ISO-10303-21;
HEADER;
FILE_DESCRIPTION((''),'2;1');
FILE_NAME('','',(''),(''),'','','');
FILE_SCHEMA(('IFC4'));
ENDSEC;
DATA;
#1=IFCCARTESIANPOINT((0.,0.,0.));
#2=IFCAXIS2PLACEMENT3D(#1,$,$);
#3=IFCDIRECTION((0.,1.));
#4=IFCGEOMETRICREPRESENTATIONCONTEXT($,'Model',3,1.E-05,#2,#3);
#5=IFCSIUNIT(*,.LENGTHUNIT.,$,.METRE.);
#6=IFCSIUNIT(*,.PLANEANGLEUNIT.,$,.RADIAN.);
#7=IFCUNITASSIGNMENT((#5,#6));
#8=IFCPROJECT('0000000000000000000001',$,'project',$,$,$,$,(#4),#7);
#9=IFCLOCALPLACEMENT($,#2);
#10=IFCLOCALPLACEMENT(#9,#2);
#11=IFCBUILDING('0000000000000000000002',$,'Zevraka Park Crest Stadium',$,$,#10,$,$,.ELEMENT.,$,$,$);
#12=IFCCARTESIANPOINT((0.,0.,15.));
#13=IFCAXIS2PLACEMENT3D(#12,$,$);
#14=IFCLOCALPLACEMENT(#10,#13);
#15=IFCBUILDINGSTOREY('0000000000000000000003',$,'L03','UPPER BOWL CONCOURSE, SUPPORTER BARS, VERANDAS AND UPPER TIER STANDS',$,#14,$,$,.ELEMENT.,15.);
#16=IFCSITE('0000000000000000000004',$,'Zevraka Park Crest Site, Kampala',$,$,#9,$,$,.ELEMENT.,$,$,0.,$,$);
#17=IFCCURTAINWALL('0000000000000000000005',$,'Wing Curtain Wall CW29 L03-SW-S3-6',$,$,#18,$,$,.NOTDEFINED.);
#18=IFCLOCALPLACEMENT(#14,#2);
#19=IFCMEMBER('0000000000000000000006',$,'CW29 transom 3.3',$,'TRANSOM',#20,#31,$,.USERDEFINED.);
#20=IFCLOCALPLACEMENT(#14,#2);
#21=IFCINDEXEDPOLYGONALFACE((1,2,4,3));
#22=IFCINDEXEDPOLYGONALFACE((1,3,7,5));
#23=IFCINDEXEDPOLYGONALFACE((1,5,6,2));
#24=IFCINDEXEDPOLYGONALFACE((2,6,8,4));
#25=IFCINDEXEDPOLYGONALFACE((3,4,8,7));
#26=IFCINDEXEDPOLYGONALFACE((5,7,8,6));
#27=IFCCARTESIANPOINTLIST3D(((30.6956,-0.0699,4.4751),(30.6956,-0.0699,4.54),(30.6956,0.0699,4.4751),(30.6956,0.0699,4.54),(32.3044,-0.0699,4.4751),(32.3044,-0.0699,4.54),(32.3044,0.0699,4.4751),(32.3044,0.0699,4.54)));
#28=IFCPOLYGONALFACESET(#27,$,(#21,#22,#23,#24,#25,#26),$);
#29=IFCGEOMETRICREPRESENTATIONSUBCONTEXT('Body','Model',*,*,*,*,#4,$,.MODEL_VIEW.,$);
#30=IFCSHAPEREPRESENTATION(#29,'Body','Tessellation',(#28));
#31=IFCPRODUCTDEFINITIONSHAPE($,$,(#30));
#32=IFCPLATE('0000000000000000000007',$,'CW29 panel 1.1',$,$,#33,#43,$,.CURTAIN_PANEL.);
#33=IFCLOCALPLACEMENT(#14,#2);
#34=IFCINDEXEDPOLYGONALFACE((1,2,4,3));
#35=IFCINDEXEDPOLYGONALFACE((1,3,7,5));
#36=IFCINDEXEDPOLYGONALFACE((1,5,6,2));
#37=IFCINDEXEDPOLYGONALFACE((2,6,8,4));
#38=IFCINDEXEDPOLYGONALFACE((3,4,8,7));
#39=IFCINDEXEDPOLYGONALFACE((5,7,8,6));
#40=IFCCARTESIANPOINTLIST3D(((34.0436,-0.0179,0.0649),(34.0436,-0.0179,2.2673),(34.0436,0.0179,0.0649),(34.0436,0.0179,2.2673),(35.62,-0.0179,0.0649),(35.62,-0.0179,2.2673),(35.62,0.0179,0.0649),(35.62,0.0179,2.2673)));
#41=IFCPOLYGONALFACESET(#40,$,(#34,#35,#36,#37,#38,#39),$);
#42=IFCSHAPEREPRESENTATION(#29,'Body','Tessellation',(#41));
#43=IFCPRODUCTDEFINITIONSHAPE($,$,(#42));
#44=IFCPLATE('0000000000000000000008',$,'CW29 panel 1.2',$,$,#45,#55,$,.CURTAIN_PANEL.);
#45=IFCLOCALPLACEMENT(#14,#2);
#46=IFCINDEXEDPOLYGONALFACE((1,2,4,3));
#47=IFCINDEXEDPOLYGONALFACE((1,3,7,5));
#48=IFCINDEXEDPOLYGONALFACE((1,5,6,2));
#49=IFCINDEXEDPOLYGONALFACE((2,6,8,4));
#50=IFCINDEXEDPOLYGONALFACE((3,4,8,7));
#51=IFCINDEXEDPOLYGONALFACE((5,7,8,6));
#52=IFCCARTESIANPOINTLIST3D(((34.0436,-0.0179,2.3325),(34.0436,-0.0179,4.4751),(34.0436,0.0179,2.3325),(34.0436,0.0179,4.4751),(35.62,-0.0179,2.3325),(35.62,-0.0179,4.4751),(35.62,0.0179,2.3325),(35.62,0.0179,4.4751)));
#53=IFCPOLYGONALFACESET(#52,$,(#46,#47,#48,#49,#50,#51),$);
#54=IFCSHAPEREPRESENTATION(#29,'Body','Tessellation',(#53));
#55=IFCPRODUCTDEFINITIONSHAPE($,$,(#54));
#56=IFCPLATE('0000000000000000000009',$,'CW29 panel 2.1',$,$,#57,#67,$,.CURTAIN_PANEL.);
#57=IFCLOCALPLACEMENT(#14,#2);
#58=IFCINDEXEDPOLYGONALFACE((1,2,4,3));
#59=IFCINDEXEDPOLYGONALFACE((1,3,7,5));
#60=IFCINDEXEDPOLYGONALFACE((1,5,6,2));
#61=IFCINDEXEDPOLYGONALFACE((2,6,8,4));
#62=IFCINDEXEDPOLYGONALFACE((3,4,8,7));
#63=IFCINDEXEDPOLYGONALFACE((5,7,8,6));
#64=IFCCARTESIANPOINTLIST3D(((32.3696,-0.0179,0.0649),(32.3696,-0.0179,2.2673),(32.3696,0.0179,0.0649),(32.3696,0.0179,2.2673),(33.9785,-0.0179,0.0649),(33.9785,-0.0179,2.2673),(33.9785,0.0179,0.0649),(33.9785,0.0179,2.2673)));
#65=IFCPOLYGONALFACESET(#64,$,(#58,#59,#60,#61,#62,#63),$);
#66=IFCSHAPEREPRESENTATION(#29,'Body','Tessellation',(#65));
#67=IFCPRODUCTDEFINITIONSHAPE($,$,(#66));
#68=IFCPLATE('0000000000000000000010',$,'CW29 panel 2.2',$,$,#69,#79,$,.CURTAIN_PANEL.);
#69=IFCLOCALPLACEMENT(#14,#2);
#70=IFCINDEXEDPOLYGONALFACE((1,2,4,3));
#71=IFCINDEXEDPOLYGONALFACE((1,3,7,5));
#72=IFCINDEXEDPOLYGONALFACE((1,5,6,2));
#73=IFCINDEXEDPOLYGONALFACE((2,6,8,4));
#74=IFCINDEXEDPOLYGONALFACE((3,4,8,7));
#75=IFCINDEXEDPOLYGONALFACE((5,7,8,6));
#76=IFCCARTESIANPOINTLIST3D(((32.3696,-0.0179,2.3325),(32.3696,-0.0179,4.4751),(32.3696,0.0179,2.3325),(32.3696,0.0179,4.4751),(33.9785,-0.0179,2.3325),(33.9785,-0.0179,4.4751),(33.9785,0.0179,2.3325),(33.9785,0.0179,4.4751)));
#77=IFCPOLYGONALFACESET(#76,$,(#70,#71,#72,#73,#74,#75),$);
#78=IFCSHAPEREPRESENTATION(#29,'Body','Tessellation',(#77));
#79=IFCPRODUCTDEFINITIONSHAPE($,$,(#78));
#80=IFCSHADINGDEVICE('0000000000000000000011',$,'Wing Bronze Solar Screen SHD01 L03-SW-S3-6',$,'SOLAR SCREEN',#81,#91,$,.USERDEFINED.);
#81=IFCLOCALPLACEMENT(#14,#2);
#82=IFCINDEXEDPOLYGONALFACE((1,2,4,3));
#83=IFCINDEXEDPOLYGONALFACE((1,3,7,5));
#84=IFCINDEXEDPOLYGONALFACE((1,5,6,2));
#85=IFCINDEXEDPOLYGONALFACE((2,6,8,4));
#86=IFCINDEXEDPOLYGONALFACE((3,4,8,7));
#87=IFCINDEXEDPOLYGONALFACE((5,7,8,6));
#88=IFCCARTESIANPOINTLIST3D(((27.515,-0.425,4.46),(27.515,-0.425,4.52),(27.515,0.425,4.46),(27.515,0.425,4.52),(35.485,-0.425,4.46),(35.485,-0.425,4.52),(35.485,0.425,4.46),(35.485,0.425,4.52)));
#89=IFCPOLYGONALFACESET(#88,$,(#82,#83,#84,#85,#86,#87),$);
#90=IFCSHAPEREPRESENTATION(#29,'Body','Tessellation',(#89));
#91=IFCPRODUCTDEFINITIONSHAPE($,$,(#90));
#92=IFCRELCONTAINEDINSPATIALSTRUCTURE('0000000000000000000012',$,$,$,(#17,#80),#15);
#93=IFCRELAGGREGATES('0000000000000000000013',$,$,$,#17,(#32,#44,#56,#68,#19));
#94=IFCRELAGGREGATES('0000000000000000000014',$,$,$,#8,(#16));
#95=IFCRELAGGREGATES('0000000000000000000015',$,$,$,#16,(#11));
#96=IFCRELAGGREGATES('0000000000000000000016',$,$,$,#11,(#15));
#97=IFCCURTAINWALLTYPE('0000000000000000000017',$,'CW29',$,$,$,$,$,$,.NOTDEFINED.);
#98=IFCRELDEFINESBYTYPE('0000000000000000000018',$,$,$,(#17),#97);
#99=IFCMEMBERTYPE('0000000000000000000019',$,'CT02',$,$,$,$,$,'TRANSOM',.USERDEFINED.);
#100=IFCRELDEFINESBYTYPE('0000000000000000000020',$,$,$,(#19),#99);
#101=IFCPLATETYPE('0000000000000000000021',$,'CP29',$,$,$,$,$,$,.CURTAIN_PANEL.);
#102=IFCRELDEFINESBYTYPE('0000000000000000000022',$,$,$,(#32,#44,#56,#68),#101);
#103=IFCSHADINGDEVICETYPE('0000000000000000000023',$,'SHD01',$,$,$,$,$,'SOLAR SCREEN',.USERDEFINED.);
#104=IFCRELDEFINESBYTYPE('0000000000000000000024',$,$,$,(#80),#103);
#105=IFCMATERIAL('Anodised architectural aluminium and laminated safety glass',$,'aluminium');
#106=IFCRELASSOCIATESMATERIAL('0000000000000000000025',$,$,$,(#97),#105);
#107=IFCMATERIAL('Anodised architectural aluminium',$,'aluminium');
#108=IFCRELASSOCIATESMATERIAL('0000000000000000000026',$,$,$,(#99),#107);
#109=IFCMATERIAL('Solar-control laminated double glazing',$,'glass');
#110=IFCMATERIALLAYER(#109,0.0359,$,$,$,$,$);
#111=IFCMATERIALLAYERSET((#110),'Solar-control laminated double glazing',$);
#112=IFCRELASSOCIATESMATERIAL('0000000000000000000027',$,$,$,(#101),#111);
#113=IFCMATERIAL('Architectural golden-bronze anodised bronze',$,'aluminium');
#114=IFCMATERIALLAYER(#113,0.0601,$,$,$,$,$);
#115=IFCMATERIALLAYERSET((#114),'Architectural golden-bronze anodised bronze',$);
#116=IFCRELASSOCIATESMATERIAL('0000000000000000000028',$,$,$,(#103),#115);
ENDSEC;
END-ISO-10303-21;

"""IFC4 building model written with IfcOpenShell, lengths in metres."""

from ifc_helpers import new_model, si_unit, direction, frame, origin, origin_2d, place, context, subcontext, project, spatial, rectangle, extrude, material, layer, layer_set, material_profile, profile_set, type_object, element, aggregate, save


model = new_model("IFC4")

# Units and contexts
model_context = context("Model", 3, precision=1e-05, world=origin(), true_north=direction((0.0, 1.0)))
body_context = subcontext(model_context, "Body", "Model", "MODEL_VIEW")
ifc_project = project(units=[si_unit("LENGTHUNIT", "METRE"), si_unit("PLANEANGLEUNIT", "RADIAN")], contexts=[model_context])

# Site, building, storey
site_placement = place(None, origin())
site = spatial("IfcSite", under=ifc_project, at=site_placement, Name="Zevraka Park Crest Site, Kampala", CompositionType="ELEMENT", RefElevation=0.0)
building_placement = place(site_placement, origin())
building = spatial("IfcBuilding", under=site, at=building_placement, Name="Zevraka Park Crest Stadium", CompositionType="ELEMENT")
storey_placement = place(building_placement, frame((0.0, 0.0, 15.0)))
storey = spatial("IfcBuildingStorey", under=building, at=storey_placement, Name="L03", Description="UPPER BOWL CONCOURSE, SUPPORTER BARS, VERANDAS AND UPPER TIER STANDS", CompositionType="ELEMENT", Elevation=15.0)

# Curtain wall, member, plates
ifc_material_1 = material(Name="Anodised architectural aluminium and laminated safety glass", Category="aluminium")
curtain_wall_type = type_object("IfcCurtainWallType", Name="CW29", PredefinedType="NOTDEFINED", material=ifc_material_1)
curtain_wall_placement = place(storey_placement, origin())
curtain_wall = element("IfcCurtainWall", 1, at=curtain_wall_placement, inside=storey, type_object=curtain_wall_type, Name="Wing Curtain Wall CW29 L03-SW-S3-6", PredefinedType="NOTDEFINED")
ifc_material_2 = material(Name="Anodised architectural aluminium", Category="aluminium")
ifc_material_profile_1 = material_profile(ifc_material_2, rectangle(XDim=0.1399, YDim=0.0649, at=origin_2d()), Name="ALU TRANSOM 140x65")
ifc_profile_set_1 = profile_set([ifc_material_profile_1], Name="Anodised architectural aluminium")
member_type_1 = type_object("IfcMemberType", Name="CT02", ElementType="TRANSOM", PredefinedType="USERDEFINED", material=ifc_profile_set_1)
member_1_placement = place(storey_placement, frame((32.3044, 0.0, 4.5076), z_axis=(-1.0, 0.0, 0.0), x_axis=(0.0, -1.0, 0.0)))
member_1 = element("IfcMember", 2, at=member_1_placement, type_object=member_type_1, Name="CW29 transom 3.3", ObjectType="TRANSOM", PredefinedType="USERDEFINED", context=body_context, shape_type="SweptSolid", body=[
    extrude(rectangle(XDim=0.1399, YDim=0.0649, at=origin_2d()), origin(), (0.0, 0.0, 1.0), 1.6089),
])
ifc_material_3 = material(Name="Solar-control laminated double glazing", Category="glass")
ifc_layer_1 = layer(ifc_material_3, 0.0359)
ifc_layer_set_1 = layer_set([ifc_layer_1], Name="Solar-control laminated double glazing")
plate_type = type_object("IfcPlateType", Name="CP29", PredefinedType="CURTAIN_PANEL", material=ifc_layer_set_1)
plate_1_placement = place(storey_placement, frame((34.8318, 0.0, 0.0649), z_axis=(0.0, 0.0, 1.0), x_axis=(-1.0, 0.0, 0.0)))
plate_1 = element("IfcPlate", 3, at=plate_1_placement, type_object=plate_type, Name="CW29 panel 1.1", PredefinedType="CURTAIN_PANEL", context=body_context, shape_type="SweptSolid", body=[
    extrude(rectangle(XDim=1.5764, YDim=0.0359, at=origin_2d()), origin(), (0.0, 0.0, 1.0), 2.2024),
])
plate_2_placement = place(storey_placement, frame((34.8318, 0.0, 2.3325), z_axis=(0.0, 0.0, 1.0), x_axis=(-1.0, 0.0, 0.0)))
plate_2 = element("IfcPlate", 4, at=plate_2_placement, type_object=plate_type, Name="CW29 panel 1.2", PredefinedType="CURTAIN_PANEL", context=body_context, shape_type="SweptSolid", body=[
    extrude(rectangle(XDim=1.5764, YDim=0.0359, at=origin_2d()), origin(), (0.0, 0.0, 1.0), 2.1426),
])
plate_3_placement = place(storey_placement, frame((33.1741, 0.0, 0.0649), z_axis=(0.0, 0.0, 1.0), x_axis=(-1.0, 0.0, 0.0)))
plate_3 = element("IfcPlate", 5, at=plate_3_placement, type_object=plate_type, Name="CW29 panel 2.1", PredefinedType="CURTAIN_PANEL", context=body_context, shape_type="SweptSolid", body=[
    extrude(rectangle(XDim=1.6089, YDim=0.0359, at=origin_2d()), origin(), (0.0, 0.0, 1.0), 2.2024),
])
plate_4_placement = place(storey_placement, frame((33.1741, 0.0, 2.3325), z_axis=(0.0, 0.0, 1.0), x_axis=(-1.0, 0.0, 0.0)))
plate_4 = element("IfcPlate", 6, at=plate_4_placement, type_object=plate_type, Name="CW29 panel 2.2", PredefinedType="CURTAIN_PANEL", context=body_context, shape_type="SweptSolid", body=[
    extrude(rectangle(XDim=1.6089, YDim=0.0359, at=origin_2d()), origin(), (0.0, 0.0, 1.0), 2.1426),
])
aggregate(curtain_wall, [plate_1, plate_2, plate_3, plate_4, member_1])

# Shading device
ifc_material_4 = material(Name="Architectural golden-bronze anodised bronze", Category="aluminium")
ifc_layer_2 = layer(ifc_material_4, 0.0601)
ifc_layer_set_2 = layer_set([ifc_layer_2], Name="Architectural golden-bronze anodised bronze")
shading_device_type = type_object("IfcShadingDeviceType", Name="SHD01", ElementType="SOLAR SCREEN", PredefinedType="USERDEFINED", material=ifc_layer_set_2)
shading_device_placement = place(storey_placement, frame((31.5, 0.0, 4.46), z_axis=(0.0, 0.0, 1.0), x_axis=(-1.0, 0.0, 0.0)))
element("IfcShadingDevice", 7, at=shading_device_placement, inside=storey, type_object=shading_device_type, Name="Wing Bronze Solar Screen SHD01 L03-SW-S3-6", ObjectType="SOLAR SCREEN", PredefinedType="USERDEFINED", context=body_context, shape_type="SweptSolid", body=[
    extrude(rectangle(XDim=7.97, YDim=0.8501, at=origin_2d()), origin(), (0.0, 0.0, 1.0), 0.0601),
])

save(model, "model.ifc")
